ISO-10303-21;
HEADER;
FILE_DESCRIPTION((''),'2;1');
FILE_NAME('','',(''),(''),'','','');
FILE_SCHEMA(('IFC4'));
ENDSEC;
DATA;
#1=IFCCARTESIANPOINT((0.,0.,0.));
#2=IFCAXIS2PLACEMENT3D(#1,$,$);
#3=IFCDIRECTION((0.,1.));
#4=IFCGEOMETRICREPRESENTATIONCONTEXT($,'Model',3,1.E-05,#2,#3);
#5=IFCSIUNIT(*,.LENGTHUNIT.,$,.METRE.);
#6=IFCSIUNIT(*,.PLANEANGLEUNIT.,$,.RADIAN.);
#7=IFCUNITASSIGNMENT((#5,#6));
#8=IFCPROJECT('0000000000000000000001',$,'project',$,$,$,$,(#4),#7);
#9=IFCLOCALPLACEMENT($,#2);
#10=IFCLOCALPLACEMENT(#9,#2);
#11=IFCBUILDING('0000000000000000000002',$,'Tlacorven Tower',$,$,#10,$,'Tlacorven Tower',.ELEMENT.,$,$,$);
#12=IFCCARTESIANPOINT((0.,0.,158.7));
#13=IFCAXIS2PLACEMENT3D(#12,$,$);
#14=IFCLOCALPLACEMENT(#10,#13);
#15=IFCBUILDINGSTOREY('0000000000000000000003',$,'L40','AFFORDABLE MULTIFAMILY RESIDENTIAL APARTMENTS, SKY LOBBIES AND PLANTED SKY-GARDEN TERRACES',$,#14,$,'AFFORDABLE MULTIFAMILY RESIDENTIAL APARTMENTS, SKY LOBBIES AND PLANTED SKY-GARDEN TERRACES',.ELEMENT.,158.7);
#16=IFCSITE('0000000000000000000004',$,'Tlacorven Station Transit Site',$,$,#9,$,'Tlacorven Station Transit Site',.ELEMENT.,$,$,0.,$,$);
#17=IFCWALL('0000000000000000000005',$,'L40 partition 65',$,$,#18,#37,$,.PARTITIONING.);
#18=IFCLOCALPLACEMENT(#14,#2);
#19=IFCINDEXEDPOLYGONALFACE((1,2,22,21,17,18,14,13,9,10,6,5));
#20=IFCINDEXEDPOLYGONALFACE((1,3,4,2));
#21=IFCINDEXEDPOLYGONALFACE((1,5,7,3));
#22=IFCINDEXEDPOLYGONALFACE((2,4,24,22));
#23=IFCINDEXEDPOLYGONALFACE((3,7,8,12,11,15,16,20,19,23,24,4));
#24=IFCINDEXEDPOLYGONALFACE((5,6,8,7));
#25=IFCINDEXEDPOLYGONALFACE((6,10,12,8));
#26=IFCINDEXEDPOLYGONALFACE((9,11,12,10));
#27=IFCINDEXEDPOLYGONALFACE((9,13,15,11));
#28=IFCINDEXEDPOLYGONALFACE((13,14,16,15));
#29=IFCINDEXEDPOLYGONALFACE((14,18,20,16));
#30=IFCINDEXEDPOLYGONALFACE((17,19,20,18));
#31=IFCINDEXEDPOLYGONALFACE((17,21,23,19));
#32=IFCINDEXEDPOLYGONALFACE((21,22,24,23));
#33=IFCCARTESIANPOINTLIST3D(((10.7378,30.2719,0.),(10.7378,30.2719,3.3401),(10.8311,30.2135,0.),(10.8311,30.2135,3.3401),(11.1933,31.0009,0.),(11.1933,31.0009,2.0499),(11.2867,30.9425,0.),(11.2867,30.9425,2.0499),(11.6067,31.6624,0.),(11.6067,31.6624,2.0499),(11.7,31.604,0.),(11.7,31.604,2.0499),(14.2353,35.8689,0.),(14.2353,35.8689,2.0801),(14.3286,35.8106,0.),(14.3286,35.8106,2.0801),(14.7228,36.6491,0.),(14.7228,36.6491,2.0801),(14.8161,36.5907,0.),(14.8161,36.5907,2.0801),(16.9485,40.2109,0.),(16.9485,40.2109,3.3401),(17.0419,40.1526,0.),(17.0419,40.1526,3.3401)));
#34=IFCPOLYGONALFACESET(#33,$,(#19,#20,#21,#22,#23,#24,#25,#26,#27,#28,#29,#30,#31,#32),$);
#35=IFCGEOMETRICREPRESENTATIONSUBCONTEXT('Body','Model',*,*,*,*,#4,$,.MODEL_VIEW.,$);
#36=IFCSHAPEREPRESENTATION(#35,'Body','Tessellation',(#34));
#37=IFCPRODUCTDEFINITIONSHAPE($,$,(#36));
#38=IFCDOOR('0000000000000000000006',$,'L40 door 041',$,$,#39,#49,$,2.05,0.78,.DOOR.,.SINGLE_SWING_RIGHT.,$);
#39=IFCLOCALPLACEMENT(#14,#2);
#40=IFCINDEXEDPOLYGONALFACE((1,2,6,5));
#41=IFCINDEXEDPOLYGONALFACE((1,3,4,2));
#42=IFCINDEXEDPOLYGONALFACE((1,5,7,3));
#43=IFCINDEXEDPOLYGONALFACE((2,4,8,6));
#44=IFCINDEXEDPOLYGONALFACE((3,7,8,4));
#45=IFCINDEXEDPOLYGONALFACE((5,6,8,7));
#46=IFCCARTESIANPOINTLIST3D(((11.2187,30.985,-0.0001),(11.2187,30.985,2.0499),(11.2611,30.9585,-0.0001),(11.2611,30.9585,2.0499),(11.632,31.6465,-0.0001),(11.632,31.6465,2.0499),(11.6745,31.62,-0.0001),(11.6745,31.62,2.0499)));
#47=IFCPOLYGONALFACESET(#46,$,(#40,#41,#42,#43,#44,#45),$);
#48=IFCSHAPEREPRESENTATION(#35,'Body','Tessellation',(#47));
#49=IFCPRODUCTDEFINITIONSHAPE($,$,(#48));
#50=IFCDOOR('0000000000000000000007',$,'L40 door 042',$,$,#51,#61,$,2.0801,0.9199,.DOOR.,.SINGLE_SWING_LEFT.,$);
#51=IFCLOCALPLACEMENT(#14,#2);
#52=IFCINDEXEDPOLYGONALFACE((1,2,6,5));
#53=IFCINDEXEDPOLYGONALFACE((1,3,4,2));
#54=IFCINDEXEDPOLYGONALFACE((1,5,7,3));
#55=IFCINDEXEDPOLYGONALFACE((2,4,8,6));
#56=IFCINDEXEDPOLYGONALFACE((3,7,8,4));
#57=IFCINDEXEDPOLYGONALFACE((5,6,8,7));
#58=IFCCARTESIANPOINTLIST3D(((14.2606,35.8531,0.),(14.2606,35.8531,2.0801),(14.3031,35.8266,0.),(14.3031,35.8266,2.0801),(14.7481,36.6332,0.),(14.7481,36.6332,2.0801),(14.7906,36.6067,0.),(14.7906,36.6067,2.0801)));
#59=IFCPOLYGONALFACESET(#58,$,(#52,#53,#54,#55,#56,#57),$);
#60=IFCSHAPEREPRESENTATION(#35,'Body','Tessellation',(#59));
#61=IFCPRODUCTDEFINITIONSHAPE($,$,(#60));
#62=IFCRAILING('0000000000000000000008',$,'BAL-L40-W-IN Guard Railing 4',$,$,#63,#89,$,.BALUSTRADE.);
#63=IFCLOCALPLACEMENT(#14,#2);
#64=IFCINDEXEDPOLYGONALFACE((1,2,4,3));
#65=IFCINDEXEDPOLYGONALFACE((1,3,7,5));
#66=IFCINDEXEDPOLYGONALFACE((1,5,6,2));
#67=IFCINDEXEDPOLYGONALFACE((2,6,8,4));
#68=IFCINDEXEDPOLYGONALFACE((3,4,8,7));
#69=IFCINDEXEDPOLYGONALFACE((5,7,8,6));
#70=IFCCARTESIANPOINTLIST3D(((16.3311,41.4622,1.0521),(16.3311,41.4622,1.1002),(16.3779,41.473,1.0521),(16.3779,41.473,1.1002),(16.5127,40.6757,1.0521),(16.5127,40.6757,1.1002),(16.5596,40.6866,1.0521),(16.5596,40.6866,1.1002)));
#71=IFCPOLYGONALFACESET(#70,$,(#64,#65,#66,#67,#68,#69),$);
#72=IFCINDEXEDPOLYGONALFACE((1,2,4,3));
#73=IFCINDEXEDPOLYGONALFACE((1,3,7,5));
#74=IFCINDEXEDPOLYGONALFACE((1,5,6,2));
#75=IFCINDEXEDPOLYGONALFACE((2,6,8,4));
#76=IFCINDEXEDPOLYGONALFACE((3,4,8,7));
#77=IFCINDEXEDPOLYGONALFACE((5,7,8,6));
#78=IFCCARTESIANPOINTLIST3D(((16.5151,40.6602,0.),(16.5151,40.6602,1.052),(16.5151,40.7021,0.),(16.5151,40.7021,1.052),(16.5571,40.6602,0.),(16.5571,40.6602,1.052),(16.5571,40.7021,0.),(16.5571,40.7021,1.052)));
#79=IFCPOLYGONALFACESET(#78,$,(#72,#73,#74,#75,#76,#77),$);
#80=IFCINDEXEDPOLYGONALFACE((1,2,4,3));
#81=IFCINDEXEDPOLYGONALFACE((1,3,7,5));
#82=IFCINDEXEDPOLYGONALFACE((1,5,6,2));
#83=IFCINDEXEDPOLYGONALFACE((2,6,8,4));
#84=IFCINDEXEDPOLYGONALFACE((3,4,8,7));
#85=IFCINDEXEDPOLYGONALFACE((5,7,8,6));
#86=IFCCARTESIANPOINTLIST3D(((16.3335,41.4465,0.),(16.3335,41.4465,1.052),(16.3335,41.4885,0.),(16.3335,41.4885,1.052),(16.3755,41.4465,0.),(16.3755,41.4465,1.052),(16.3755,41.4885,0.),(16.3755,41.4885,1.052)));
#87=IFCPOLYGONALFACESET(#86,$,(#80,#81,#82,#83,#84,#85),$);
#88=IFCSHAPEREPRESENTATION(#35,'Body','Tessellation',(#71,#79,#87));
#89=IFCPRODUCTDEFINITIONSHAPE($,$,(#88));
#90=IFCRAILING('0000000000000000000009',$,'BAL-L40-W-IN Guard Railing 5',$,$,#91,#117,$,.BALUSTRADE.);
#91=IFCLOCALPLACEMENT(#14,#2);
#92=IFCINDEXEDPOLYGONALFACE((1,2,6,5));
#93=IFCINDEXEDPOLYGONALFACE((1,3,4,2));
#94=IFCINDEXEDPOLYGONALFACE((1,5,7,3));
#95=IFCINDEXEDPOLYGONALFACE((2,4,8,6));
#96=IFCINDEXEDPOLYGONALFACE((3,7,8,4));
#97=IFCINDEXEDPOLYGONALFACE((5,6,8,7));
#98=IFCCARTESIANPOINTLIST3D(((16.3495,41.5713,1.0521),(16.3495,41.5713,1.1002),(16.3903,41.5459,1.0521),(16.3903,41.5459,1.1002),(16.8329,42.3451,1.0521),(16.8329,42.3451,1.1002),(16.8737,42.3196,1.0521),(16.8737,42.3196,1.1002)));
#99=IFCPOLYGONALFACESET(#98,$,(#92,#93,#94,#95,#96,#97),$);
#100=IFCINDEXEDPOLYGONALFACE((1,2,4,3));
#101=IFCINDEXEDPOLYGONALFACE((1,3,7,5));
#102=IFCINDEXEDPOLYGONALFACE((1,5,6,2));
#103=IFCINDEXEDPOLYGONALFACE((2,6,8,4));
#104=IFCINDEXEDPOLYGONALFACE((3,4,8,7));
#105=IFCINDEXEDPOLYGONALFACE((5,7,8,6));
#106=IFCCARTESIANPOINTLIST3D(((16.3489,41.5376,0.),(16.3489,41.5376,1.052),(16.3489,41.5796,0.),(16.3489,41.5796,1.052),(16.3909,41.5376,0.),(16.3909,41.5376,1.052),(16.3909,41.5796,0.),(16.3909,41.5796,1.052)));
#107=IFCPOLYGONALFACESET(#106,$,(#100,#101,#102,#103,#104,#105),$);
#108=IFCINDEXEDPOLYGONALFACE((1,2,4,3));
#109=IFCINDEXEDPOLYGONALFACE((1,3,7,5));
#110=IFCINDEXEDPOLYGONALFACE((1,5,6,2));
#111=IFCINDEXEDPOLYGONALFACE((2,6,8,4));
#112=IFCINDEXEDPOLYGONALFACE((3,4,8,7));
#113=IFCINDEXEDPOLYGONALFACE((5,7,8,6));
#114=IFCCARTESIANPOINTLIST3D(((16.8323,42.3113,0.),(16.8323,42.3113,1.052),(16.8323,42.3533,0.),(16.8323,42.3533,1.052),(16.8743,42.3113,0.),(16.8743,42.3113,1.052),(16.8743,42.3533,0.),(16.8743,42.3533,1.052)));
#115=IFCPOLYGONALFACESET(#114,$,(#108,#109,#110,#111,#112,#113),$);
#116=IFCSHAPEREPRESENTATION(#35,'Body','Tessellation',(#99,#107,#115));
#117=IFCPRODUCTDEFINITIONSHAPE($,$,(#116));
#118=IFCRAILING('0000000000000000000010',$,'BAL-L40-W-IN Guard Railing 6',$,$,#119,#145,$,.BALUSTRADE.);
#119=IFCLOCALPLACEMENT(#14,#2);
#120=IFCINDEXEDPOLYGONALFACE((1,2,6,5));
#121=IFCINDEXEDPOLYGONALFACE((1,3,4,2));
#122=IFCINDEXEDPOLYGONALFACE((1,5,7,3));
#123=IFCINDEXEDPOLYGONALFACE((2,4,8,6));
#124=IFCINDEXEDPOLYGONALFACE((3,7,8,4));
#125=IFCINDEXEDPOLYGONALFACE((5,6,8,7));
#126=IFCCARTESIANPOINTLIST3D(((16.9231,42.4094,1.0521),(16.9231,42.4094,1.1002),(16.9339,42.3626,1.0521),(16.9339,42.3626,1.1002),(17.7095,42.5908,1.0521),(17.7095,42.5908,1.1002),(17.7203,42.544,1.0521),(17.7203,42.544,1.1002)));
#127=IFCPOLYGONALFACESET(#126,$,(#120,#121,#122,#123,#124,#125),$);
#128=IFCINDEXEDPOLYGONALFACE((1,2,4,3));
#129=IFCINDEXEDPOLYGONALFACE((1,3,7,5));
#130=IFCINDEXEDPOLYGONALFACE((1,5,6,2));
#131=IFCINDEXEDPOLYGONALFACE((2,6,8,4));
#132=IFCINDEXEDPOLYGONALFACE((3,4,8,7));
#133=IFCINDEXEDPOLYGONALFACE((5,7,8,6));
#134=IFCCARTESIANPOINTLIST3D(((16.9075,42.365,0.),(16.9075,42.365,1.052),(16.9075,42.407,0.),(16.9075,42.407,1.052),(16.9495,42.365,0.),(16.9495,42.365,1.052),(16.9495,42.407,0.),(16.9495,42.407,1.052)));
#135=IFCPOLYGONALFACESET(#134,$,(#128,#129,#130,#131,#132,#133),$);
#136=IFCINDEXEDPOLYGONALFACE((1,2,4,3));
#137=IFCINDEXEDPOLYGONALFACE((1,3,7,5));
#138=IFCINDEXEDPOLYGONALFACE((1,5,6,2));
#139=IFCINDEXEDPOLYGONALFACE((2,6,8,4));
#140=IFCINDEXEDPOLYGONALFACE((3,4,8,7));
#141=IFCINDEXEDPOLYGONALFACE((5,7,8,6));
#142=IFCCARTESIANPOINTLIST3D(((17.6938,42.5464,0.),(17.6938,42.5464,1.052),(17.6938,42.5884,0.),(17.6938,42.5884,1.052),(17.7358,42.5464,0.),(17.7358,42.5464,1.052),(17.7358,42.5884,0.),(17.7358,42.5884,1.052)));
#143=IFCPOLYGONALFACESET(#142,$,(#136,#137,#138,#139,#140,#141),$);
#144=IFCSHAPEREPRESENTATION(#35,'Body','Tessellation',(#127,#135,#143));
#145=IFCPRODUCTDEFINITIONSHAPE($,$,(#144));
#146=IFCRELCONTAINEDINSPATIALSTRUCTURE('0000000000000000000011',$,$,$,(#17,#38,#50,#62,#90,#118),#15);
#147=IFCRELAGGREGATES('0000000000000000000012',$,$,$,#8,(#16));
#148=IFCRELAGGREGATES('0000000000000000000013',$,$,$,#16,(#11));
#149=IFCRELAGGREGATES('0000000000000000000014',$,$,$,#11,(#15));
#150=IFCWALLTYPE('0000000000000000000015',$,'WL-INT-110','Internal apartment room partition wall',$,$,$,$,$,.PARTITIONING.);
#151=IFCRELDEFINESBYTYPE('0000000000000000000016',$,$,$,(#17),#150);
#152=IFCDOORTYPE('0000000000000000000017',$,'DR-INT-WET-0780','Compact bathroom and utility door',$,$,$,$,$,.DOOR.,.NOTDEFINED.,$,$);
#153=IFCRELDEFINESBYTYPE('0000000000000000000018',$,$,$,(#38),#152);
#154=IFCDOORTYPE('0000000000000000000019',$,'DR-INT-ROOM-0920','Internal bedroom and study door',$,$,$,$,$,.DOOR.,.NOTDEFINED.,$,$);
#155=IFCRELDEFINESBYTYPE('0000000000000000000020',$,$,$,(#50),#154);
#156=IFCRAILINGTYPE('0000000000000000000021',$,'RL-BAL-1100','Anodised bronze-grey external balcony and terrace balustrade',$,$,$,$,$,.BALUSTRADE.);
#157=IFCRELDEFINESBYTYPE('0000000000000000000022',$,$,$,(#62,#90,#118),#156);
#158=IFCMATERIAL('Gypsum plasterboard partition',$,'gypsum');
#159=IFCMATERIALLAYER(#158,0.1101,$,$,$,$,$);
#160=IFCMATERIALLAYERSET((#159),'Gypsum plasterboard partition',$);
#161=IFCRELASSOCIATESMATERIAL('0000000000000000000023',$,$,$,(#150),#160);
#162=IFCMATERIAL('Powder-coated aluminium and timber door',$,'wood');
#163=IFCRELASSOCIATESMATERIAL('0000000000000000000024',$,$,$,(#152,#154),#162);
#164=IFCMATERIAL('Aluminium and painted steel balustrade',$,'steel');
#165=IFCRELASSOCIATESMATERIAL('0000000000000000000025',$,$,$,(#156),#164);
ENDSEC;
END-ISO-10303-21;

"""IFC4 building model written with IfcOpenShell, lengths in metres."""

from ifc_helpers import new_model, si_unit, direction, frame, frame_2d, origin, origin_2d, place, context, subcontext, project, spatial, rectangle, extrude, source, transform, mapped, material, layer, layer_set, type_object, element, fill, save


model = new_model("IFC4")

# Units and contexts
model_context = context("Model", 3, precision=1e-05, world=origin(), true_north=direction((0.0, 1.0)))
body_context = subcontext(model_context, "Body", "Model", "MODEL_VIEW")
ifc_project = project(units=[si_unit("LENGTHUNIT", "METRE"), si_unit("PLANEANGLEUNIT", "RADIAN")], contexts=[model_context])

# Site, building, storey
site_placement = place(None, origin())
site = spatial("IfcSite", under=ifc_project, at=site_placement, Name="Tlacorven Station Transit Site", LongName="Tlacorven Station Transit Site", CompositionType="ELEMENT", RefElevation=0.0)
building_placement = place(site_placement, origin())
building = spatial("IfcBuilding", under=site, at=building_placement, Name="Tlacorven Tower", LongName="Tlacorven Tower", CompositionType="ELEMENT")
storey_placement = place(building_placement, frame((0.0, 0.0, 158.7)))
storey = spatial("IfcBuildingStorey", under=building, at=storey_placement, Name="L40", Description="AFFORDABLE MULTIFAMILY RESIDENTIAL APARTMENTS, SKY LOBBIES AND PLANTED SKY-GARDEN TERRACES", LongName="AFFORDABLE MULTIFAMILY RESIDENTIAL APARTMENTS, SKY LOBBIES AND PLANTED SKY-GARDEN TERRACES", CompositionType="ELEMENT", Elevation=158.7)

# Shared definitions
ifc_material_1 = material(Name="Powder-coated aluminium and timber door", Category="wood")

# Wall, openings, doors
ifc_material_2 = material(Name="Gypsum plasterboard partition", Category="gypsum")
ifc_layer_1 = layer(ifc_material_2, 0.1101)
ifc_layer_set_1 = layer_set([ifc_layer_1], Name="Gypsum plasterboard partition")
wall_type_1 = type_object("IfcWallType", Name="WL-INT-110", Description="Internal apartment room partition wall", PredefinedType="PARTITIONING", material=ifc_layer_set_1)
wall_1_placement = place(storey_placement, frame((16.9951, 40.1816, 0.0), z_axis=(0.0, 0.0, 1.0), x_axis=(-0.529928, -0.848043, 0.0)))
wall_1 = element("IfcWall", 1, at=wall_1_placement, inside=storey, type_object=wall_type_1, Name="L40 partition 65", PredefinedType="PARTITIONING", context=body_context, shape_type="SweptSolid", body=[
    extrude(rectangle(XDim=11.72, YDim=0.1101, at=frame_2d((5.8599, 0.0))), origin(), (0.0, 0.0, 1.0), 3.3401),
])
opening_1_placement = place(wall_1_placement, frame((10.0801, 0.0, 0.0)))
opening_1 = element("IfcOpeningElement", 2, at=opening_1_placement, cuts=wall_1, PredefinedType="OPENING", context=body_context, shape_type="SweptSolid", body=[
    extrude(rectangle(XDim=0.78, YDim=2.05, at=frame_2d((0.3901, 1.0249))), frame((0.0, 0.0649, 0.0), z_axis=(0.0, -1.0, 0.0), x_axis=(1.0, 0.0, 0.0)), (0.0, 0.0, 1.0), 0.1301),
])
opening_2_placement = place(wall_1_placement, frame((4.2, 0.0, 0.0)))
opening_2 = element("IfcOpeningElement", 3, at=opening_2_placement, cuts=wall_1, PredefinedType="OPENING", context=body_context, shape_type="SweptSolid", body=[
    extrude(rectangle(XDim=0.9199, YDim=2.0801, at=frame_2d((0.46, 1.04))), frame((0.0, 0.0649, 0.0), z_axis=(0.0, -1.0, 0.0), x_axis=(1.0, 0.0, 0.0)), (0.0, 0.0, 1.0), 0.1301),
])
door_type_1 = type_object("IfcDoorType", Name="DR-INT-WET-0780", Description="Compact bathroom and utility door", OperationType="NOTDEFINED", PredefinedType="DOOR", material=ifc_material_1)
shared_shape_1 = source(origin(), body_context, "Body", "SweptSolid", [
    extrude(rectangle(XDim=0.78, YDim=2.05, at=frame_2d((0.3901, 1.0249))), frame((0.0, 0.0249, 0.0), z_axis=(0.0, -1.0, 0.0), x_axis=(1.0, 0.0, 0.0)), (0.0, 0.0, 1.0), 0.05),
])
door_1_placement = place(opening_1_placement, origin())
door_1 = element("IfcDoor", 4, at=door_1_placement, inside=storey, type_object=door_type_1, Name="L40 door 041", OperationType="SINGLE_SWING_RIGHT", OverallHeight=2.05, OverallWidth=0.78, PredefinedType="DOOR", context=body_context, shape_type="MappedRepresentation", body=[
    mapped(shared_shape_1, transform((0.0, 0.0, 0.0), scale=1.0)),
])
fill(opening_1, door_1)
door_type_2 = type_object("IfcDoorType", Name="DR-INT-ROOM-0920", Description="Internal bedroom and study door", OperationType="NOTDEFINED", PredefinedType="DOOR", material=ifc_material_1)
shared_shape_2 = source(origin(), body_context, "Body", "SweptSolid", [
    extrude(rectangle(XDim=0.9199, YDim=2.0801, at=frame_2d((0.46, 1.04))), frame((0.0, 0.0249, 0.0), z_axis=(0.0, -1.0, 0.0), x_axis=(1.0, 0.0, 0.0)), (0.0, 0.0, 1.0), 0.05),
])
door_2_placement = place(opening_2_placement, origin())
door_2 = element("IfcDoor", 5, at=door_2_placement, inside=storey, type_object=door_type_2, Name="L40 door 042", OperationType="SINGLE_SWING_LEFT", OverallHeight=2.0801, OverallWidth=0.9199, PredefinedType="DOOR", context=body_context, shape_type="MappedRepresentation", body=[
    mapped(shared_shape_2, transform((0.0, 0.0, 0.0), scale=1.0)),
])
fill(opening_2, door_2)

# Railings
ifc_material_3 = material(Name="Aluminium and painted steel balustrade", Category="steel")
railing_type = type_object("IfcRailingType", Name="RL-BAL-1100", Description="Anodised bronze-grey external balcony and terrace balustrade", PredefinedType="BALUSTRADE", material=ifc_material_3)
shared_shape_3 = source(origin(), body_context, "Body", "SweptSolid", [
    extrude(rectangle(XDim=0.0481, YDim=0.0481, at=origin_2d()), frame((0.0, 0.0, 1.0762), z_axis=(-0.225058, 0.974345, 0.0), x_axis=(-0.974345, -0.225058, 0.0)), (0.0, 0.0, 1.0), 0.8071),
    extrude(rectangle(XDim=0.042, YDim=0.042, at=origin_2d()), origin(), (0.0, 0.0, 1.0), 1.052),
    extrude(rectangle(XDim=0.042, YDim=0.042, at=origin_2d()), frame((-0.1816, 0.7864, 0.0)), (0.0, 0.0, 1.0), 1.052),
])
railing_1_placement = place(storey_placement, frame((16.5361, 40.6812, 0.0)))
element("IfcRailing", 6, at=railing_1_placement, inside=storey, type_object=railing_type, Name="BAL-L40-W-IN Guard Railing 4", PredefinedType="BALUSTRADE", context=body_context, shape_type="MappedRepresentation", body=[
    mapped(shared_shape_3, transform((0.0, 0.0, 0.0), scale=1.0)),
])
shared_shape_4 = source(origin(), body_context, "Body", "SweptSolid", [
    extrude(rectangle(XDim=0.0481, YDim=0.0481, at=origin_2d()), frame((0.0, 0.0, 1.0762), z_axis=(0.529879, 0.848073, 0.0), x_axis=(-0.848073, 0.529879, 0.0)), (0.0, 0.0, 1.0), 0.9124),
    extrude(rectangle(XDim=0.042, YDim=0.042, at=origin_2d()), origin(), (0.0, 0.0, 1.0), 1.052),
    extrude(rectangle(XDim=0.042, YDim=0.042, at=origin_2d()), frame((0.4834, 0.7737, 0.0)), (0.0, 0.0, 1.0), 1.052),
])
railing_2_placement = place(storey_placement, frame((16.3699, 41.5586, 0.0)))
element("IfcRailing", 7, at=railing_2_placement, inside=storey, type_object=railing_type, Name="BAL-L40-W-IN Guard Railing 5", PredefinedType="BALUSTRADE", context=body_context, shape_type="MappedRepresentation", body=[
    mapped(shared_shape_4, transform((0.0, 0.0, 0.0), scale=1.0)),
])
shared_shape_5 = source(origin(), body_context, "Body", "SweptSolid", [
    extrude(rectangle(XDim=0.0481, YDim=0.0481, at=origin_2d()), frame((0.0, 0.0, 1.0762), z_axis=(0.974412, 0.224771, 0.0), x_axis=(-0.224771, 0.974412, 0.0)), (0.0, 0.0, 1.0), 0.8071),
    extrude(rectangle(XDim=0.042, YDim=0.042, at=origin_2d()), origin(), (0.0, 0.0, 1.0), 1.052),
    extrude(rectangle(XDim=0.042, YDim=0.042, at=origin_2d()), frame((0.7864, 0.1814, 0.0)), (0.0, 0.0, 1.0), 1.052),
])
railing_3_placement = place(storey_placement, frame((16.9285, 42.386, 0.0)))
element("IfcRailing", 8, at=railing_3_placement, inside=storey, type_object=railing_type, Name="BAL-L40-W-IN Guard Railing 6", PredefinedType="BALUSTRADE", context=body_context, shape_type="MappedRepresentation", body=[
    mapped(shared_shape_5, transform((0.0, 0.0, 0.0), scale=1.0)),
])

save(model, "model.ifc")
